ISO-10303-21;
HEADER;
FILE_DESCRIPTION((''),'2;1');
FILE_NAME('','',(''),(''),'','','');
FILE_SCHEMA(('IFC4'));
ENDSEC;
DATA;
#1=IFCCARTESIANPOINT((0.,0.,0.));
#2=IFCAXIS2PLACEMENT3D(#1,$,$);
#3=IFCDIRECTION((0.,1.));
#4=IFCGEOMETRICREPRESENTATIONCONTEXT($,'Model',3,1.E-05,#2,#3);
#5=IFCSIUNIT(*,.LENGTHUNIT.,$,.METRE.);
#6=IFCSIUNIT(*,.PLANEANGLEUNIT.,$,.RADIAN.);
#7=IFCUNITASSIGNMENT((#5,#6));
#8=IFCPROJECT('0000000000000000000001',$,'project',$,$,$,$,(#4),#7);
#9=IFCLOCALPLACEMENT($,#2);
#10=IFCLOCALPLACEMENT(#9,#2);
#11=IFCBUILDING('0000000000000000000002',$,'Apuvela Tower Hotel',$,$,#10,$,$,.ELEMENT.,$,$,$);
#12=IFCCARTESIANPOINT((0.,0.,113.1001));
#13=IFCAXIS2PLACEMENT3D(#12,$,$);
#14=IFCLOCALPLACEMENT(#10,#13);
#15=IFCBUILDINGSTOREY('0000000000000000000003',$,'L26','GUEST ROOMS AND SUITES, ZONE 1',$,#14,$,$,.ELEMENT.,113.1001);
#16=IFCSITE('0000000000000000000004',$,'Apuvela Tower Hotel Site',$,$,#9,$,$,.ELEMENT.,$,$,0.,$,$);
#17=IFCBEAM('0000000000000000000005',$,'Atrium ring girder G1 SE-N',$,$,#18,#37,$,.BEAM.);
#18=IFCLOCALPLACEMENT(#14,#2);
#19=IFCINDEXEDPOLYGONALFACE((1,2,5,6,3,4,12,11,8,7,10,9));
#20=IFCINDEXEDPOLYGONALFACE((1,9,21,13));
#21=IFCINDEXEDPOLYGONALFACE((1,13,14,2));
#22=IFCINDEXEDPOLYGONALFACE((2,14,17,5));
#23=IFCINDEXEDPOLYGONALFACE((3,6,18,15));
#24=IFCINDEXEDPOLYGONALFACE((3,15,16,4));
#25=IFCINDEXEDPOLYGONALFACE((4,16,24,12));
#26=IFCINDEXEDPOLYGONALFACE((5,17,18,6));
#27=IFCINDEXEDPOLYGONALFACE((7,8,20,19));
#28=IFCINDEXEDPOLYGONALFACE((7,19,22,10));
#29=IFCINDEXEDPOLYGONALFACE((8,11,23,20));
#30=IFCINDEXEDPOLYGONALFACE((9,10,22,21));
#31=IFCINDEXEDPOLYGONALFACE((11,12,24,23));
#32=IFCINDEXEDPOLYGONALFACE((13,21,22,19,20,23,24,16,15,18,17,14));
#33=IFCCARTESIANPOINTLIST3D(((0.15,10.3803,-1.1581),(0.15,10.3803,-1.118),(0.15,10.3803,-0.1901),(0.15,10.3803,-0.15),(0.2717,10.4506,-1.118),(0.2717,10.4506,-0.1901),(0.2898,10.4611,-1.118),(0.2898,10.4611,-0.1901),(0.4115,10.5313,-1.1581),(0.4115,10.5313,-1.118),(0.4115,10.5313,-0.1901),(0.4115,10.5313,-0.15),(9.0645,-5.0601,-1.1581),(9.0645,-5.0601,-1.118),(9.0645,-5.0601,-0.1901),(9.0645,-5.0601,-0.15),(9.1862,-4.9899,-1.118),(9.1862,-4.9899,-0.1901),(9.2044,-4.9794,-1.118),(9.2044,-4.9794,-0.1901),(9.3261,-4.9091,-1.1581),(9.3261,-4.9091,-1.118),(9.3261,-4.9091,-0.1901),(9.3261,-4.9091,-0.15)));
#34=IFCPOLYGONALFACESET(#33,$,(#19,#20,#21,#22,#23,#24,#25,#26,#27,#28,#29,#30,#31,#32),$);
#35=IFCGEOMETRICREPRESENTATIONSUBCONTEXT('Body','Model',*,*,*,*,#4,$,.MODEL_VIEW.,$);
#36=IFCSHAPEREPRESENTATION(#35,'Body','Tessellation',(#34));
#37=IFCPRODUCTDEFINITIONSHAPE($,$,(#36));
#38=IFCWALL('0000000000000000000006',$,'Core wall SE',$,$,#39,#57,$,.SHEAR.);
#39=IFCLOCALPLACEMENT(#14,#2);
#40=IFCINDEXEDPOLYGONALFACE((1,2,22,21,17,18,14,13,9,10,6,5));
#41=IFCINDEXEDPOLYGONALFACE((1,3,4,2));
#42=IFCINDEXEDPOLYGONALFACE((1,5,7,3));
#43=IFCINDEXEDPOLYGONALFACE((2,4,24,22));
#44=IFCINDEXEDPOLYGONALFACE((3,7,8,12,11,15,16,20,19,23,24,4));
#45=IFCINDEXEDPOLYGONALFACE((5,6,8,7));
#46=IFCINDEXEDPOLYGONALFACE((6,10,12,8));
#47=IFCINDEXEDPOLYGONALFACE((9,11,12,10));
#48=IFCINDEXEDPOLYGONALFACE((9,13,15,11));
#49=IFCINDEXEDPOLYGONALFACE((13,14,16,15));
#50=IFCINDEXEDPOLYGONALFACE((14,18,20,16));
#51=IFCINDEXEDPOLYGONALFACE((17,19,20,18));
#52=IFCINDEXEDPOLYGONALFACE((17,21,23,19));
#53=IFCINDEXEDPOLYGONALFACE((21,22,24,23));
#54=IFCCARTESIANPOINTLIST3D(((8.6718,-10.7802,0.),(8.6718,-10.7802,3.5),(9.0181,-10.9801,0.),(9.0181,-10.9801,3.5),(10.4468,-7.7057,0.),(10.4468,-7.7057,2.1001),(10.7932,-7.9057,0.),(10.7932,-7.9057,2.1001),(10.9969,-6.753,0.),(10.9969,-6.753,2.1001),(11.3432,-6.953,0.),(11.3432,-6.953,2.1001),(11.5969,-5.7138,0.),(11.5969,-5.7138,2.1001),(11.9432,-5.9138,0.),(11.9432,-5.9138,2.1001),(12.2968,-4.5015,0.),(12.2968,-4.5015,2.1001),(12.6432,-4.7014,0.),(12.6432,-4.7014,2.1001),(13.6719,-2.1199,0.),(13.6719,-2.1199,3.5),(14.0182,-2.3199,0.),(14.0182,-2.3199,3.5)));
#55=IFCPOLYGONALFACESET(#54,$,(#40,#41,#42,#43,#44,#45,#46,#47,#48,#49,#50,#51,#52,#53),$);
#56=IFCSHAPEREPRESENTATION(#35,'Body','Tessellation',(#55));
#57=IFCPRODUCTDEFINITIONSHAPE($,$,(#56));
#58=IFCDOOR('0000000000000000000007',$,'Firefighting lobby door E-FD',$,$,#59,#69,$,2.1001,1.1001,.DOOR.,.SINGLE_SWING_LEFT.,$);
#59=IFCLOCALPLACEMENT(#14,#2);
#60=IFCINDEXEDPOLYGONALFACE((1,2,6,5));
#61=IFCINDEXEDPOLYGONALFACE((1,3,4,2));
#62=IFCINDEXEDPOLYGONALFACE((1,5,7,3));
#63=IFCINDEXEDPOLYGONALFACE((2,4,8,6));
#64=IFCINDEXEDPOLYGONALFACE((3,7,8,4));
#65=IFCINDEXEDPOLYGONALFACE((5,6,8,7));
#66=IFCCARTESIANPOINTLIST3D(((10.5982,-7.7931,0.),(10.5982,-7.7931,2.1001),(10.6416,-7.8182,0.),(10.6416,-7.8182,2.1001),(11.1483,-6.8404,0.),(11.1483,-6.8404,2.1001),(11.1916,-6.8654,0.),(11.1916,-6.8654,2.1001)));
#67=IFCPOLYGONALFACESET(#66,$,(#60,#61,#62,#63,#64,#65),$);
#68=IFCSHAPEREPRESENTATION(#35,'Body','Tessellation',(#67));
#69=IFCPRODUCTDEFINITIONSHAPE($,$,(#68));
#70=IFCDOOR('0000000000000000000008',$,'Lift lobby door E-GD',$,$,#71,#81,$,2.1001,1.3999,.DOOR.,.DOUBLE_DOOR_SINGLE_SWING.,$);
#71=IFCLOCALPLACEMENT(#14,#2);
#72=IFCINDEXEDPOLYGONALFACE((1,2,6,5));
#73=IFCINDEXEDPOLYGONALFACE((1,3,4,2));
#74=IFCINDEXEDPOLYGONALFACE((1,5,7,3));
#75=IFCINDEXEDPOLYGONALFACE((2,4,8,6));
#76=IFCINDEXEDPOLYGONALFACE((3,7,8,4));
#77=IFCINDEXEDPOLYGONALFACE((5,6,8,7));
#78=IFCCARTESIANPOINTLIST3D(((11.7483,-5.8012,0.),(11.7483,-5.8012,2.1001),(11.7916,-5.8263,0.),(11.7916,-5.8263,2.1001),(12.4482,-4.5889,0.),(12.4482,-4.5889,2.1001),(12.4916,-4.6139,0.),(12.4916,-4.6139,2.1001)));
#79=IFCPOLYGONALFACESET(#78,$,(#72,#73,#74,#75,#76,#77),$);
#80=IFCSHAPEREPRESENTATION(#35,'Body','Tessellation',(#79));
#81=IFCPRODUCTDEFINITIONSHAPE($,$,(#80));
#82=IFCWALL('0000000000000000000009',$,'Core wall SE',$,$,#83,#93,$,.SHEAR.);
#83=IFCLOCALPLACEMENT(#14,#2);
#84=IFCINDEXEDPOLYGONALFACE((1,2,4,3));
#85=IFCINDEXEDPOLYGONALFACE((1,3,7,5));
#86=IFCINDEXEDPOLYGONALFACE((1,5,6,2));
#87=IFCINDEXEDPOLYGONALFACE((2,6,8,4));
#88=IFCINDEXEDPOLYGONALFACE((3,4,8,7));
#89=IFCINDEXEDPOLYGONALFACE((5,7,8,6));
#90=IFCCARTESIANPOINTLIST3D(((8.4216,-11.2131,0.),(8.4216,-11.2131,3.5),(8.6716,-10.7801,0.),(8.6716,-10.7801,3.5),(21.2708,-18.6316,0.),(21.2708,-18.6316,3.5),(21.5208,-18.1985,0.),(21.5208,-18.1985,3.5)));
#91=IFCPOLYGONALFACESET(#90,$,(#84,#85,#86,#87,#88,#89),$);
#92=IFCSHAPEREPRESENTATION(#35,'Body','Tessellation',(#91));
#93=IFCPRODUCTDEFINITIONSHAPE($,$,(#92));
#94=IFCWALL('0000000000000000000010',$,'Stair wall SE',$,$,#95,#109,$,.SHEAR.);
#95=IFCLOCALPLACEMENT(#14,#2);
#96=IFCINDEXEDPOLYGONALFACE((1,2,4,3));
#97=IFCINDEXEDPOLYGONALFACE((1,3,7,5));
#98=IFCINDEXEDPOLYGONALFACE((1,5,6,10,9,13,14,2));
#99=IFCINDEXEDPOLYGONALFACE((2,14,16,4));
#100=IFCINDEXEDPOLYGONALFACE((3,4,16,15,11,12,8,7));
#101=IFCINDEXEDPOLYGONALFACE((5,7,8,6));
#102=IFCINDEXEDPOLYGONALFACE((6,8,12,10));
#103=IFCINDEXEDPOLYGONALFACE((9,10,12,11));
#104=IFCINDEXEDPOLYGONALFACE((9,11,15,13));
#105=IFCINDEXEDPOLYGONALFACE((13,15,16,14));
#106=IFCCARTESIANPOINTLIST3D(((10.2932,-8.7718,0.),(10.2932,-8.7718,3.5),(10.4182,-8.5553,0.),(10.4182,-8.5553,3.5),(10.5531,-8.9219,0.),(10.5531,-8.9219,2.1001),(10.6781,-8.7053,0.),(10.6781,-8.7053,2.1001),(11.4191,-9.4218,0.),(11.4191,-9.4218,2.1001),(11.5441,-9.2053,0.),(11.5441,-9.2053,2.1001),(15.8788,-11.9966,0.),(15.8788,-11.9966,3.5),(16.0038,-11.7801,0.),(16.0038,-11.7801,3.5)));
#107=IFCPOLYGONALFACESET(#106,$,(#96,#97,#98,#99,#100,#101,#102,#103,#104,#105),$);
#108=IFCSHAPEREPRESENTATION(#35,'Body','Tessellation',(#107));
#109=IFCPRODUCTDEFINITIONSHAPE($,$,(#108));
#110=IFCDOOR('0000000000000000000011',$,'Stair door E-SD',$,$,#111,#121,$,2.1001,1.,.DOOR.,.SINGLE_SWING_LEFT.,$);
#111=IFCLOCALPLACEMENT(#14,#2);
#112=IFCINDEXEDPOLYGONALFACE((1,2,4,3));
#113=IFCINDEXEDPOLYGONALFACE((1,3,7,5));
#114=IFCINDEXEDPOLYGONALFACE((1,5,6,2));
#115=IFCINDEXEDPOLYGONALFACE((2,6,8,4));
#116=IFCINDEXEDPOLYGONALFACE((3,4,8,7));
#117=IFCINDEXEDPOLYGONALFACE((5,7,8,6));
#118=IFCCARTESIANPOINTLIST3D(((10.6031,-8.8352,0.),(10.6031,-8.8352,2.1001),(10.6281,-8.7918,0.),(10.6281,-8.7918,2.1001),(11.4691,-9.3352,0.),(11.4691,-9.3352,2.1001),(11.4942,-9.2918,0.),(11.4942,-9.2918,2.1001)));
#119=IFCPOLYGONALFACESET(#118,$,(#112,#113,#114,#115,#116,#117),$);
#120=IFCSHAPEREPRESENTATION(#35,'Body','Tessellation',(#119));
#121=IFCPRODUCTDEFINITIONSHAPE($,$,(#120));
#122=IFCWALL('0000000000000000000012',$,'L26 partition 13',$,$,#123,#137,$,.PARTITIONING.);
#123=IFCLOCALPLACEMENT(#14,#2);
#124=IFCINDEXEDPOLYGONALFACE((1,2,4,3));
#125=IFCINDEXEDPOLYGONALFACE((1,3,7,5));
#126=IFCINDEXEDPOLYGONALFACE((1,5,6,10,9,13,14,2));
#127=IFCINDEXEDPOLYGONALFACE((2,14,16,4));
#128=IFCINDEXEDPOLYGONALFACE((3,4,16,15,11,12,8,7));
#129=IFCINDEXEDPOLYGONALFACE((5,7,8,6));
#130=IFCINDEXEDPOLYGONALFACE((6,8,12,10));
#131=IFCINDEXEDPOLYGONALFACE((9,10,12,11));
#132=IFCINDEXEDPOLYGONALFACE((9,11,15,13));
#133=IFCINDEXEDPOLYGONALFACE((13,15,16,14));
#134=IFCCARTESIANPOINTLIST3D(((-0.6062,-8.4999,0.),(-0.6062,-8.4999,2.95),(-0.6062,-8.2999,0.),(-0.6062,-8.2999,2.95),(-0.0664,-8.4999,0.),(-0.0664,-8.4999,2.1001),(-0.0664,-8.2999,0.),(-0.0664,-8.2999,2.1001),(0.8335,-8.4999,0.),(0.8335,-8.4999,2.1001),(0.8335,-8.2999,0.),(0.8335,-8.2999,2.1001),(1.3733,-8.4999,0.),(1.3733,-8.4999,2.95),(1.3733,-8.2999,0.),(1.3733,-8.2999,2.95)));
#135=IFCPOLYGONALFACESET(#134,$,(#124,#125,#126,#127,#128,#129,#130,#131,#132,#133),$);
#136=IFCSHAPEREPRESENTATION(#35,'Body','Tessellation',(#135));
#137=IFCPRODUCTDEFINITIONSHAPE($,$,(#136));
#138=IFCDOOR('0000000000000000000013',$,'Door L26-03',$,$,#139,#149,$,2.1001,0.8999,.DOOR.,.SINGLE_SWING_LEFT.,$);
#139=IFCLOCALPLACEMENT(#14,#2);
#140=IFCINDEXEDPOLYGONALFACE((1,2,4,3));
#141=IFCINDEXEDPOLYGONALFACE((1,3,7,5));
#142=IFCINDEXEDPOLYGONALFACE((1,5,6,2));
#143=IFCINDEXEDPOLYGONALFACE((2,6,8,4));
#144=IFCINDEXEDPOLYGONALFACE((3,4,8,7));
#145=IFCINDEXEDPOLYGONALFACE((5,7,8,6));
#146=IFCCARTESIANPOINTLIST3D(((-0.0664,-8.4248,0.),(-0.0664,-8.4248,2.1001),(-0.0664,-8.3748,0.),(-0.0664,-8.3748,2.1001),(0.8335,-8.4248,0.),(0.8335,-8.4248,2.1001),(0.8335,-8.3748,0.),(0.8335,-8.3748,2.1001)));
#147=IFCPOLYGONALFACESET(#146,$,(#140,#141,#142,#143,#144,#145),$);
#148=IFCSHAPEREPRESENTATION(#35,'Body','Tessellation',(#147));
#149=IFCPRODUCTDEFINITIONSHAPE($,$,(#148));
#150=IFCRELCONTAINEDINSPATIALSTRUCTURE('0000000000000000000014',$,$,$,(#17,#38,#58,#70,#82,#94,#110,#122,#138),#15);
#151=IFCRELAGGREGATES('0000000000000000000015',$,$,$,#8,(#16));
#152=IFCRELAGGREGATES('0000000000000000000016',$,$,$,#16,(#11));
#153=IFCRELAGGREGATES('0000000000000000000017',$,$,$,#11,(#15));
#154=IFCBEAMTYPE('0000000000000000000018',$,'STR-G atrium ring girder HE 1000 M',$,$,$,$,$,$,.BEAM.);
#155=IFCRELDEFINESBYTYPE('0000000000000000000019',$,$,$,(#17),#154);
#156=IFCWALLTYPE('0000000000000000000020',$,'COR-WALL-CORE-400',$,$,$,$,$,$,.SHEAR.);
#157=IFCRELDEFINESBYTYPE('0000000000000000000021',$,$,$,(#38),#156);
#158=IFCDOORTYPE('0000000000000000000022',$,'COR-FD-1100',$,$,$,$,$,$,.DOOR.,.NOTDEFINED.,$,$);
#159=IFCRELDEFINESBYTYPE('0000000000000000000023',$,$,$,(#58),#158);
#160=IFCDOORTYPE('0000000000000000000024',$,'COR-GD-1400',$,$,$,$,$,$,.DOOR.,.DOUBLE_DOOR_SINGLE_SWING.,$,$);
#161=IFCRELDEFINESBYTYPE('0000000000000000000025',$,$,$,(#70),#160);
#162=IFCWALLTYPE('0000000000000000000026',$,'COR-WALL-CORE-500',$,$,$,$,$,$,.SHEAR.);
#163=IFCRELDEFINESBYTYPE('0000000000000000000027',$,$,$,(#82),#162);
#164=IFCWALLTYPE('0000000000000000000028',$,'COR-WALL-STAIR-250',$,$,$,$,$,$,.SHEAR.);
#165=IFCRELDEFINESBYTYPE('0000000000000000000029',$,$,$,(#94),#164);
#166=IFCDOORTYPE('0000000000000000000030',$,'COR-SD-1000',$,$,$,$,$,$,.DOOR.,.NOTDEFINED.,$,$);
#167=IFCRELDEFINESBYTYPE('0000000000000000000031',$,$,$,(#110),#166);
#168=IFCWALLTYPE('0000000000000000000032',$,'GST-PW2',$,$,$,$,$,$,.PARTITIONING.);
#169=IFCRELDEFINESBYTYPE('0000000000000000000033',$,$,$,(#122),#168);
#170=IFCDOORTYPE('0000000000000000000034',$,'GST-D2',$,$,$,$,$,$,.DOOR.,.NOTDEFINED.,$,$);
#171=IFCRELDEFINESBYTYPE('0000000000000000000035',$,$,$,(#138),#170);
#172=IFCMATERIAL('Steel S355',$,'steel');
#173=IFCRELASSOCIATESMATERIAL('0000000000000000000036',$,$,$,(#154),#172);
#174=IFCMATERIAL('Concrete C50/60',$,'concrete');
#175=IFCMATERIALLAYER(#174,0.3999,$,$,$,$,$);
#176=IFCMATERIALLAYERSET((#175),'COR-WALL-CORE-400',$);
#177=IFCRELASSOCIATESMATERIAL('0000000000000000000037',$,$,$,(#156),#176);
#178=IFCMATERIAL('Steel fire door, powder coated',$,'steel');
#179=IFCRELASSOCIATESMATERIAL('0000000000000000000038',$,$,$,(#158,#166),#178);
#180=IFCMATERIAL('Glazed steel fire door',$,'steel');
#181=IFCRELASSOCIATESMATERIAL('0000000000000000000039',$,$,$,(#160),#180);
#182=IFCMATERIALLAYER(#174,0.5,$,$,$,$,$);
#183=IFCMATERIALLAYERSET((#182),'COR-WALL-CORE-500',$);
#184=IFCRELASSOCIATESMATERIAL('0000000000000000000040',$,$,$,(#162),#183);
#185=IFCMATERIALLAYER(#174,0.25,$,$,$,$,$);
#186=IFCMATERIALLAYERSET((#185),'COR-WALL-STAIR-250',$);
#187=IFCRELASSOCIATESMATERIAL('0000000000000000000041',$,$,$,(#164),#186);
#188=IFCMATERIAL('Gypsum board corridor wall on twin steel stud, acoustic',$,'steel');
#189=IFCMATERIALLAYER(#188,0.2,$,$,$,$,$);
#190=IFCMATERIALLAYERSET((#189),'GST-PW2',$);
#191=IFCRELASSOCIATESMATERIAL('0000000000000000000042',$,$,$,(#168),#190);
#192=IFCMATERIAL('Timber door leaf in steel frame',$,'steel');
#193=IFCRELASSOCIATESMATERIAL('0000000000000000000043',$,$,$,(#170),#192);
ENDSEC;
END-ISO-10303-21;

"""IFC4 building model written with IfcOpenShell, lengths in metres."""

from ifc_helpers import new_model, si_unit, direction, frame, frame_2d, origin, origin_2d, place, context, subcontext, project, spatial, rectangle, i_section, extrude, material, layer, layer_set, material_profile, profile_set, type_object, element, fill, save


model = new_model("IFC4")

# Units and contexts
model_context = context("Model", 3, precision=1e-05, world=origin(), true_north=direction((0.0, 1.0)))
body_context = subcontext(model_context, "Body", "Model", "MODEL_VIEW")
ifc_project = project(units=[si_unit("LENGTHUNIT", "METRE"), si_unit("PLANEANGLEUNIT", "RADIAN")], contexts=[model_context])

# Site, building, storey
site_placement = place(None, origin())
site = spatial("IfcSite", under=ifc_project, at=site_placement, Name="Apuvela Tower Hotel Site", CompositionType="ELEMENT", RefElevation=0.0)
building_placement = place(site_placement, origin())
building = spatial("IfcBuilding", under=site, at=building_placement, Name="Apuvela Tower Hotel", CompositionType="ELEMENT")
storey_placement = place(building_placement, frame((0.0, 0.0, 113.1001)))
storey = spatial("IfcBuildingStorey", under=building, at=storey_placement, Name="L26", Description="GUEST ROOMS AND SUITES, ZONE 1", CompositionType="ELEMENT", Elevation=113.1001)

# Beam
ifc_material_1 = material(Name="Steel S355", Category="steel")
ifc_material_profile = material_profile(ifc_material_1, i_section(OverallWidth=0.302, OverallDepth=1.0081, WebThickness=0.021, FlangeThickness=0.04, at=origin_2d()), Name="HE 1000 M")
ifc_profile_set = profile_set([ifc_material_profile], Name="Steel S355")
beam_type = type_object("IfcBeamType", Name="STR-G atrium ring girder HE 1000 M", PredefinedType="BEAM", material=ifc_profile_set)
beam_placement = place(storey_placement, frame((9.1953, -4.9846, -0.6541), z_axis=(-0.500001, 0.866025, 0.0), x_axis=(-0.866025, -0.500001, 0.0)))
element("IfcBeam", 1, at=beam_placement, inside=storey, type_object=beam_type, Name="Atrium ring girder G1 SE-N", PredefinedType="BEAM", context=body_context, shape_type="SweptSolid", body=[
    extrude(i_section(OverallWidth=0.302, OverallDepth=1.0081, WebThickness=0.021, FlangeThickness=0.04, at=origin_2d()), origin(), (0.0, 0.0, 1.0), 17.8291),
])

# Wall, openings, doors
ifc_material_2 = material(Name="Concrete C50/60", Category="concrete")
ifc_layer_1 = layer(ifc_material_2, 0.3999)
ifc_layer_set_1 = layer_set([ifc_layer_1], Name="COR-WALL-CORE-400")
wall_type_1 = type_object("IfcWallType", Name="COR-WALL-CORE-400", PredefinedType="SHEAR", material=ifc_layer_set_1)
wall_1_placement = place(storey_placement, frame((8.845, -10.8801, 0.0), z_axis=(0.0, 0.0, 1.0), x_axis=(0.500004, 0.866023, 0.0)))
wall_1 = element("IfcWall", 2, at=wall_1_placement, inside=storey, type_object=wall_type_1, Name="Core wall SE", PredefinedType="SHEAR", context=body_context, shape_type="SweptSolid", body=[
    extrude(rectangle(XDim=10.0, YDim=0.3999, at=frame_2d((5.0, 0.0))), origin(), (0.0, 0.0, 1.0), 3.5),
])
opening_1_placement = place(wall_1_placement, frame((3.55, 0.0, 0.0)))
opening_1 = element("IfcOpeningElement", 3, at=opening_1_placement, cuts=wall_1, PredefinedType="OPENING", context=body_context, shape_type="SweptSolid", body=[
    extrude(rectangle(XDim=1.1001, YDim=2.1001, at=frame_2d((0.55, 1.05))), frame((0.0, 0.21, 0.0), z_axis=(0.0, -1.0, 0.0), x_axis=(1.0, 0.0, 0.0)), (0.0, 0.0, 1.0), 0.4199),
])
opening_2_placement = place(wall_1_placement, frame((5.8501, 0.0, 0.0)))
opening_2 = element("IfcOpeningElement", 4, at=opening_2_placement, cuts=wall_1, PredefinedType="OPENING", context=body_context, shape_type="SweptSolid", body=[
    extrude(rectangle(XDim=1.3999, YDim=2.1001, at=frame_2d((0.7, 1.05))), frame((0.0, 0.21, 0.0), z_axis=(0.0, -1.0, 0.0), x_axis=(1.0, 0.0, 0.0)), (0.0, 0.0, 1.0), 0.4199),
])
ifc_material_3 = material(Name="Steel fire door, powder coated", Category="steel")
door_type_1 = type_object("IfcDoorType", Name="COR-FD-1100", OperationType="NOTDEFINED", PredefinedType="DOOR", material=ifc_material_3)
door_1_placement = place(opening_1_placement, frame((1.1001, 0.0, 0.0), z_axis=(0.0, 0.0, 1.0), x_axis=(-1.0, 0.0, 0.0)))
door_1 = element("IfcDoor", 5, at=door_1_placement, inside=storey, type_object=door_type_1, Name="Firefighting lobby door E-FD", OperationType="SINGLE_SWING_LEFT", OverallHeight=2.1001, OverallWidth=1.1001, PredefinedType="DOOR", context=body_context, shape_type="SweptSolid", body=[
    extrude(rectangle(XDim=1.1001, YDim=2.1001, at=frame_2d((0.55, 1.05))), frame((0.0, 0.0249, 0.0), z_axis=(0.0, -1.0, 0.0), x_axis=(1.0, 0.0, 0.0)), (0.0, 0.0, 1.0), 0.05),
])
fill(opening_1, door_1)
ifc_material_4 = material(Name="Glazed steel fire door", Category="steel")
door_type_2 = type_object("IfcDoorType", Name="COR-GD-1400", OperationType="DOUBLE_DOOR_SINGLE_SWING", PredefinedType="DOOR", material=ifc_material_4)
door_2_placement = place(opening_2_placement, frame((1.3999, 0.0, 0.0), z_axis=(0.0, 0.0, 1.0), x_axis=(-1.0, 0.0, 0.0)))
door_2 = element("IfcDoor", 6, at=door_2_placement, inside=storey, type_object=door_type_2, Name="Lift lobby door E-GD", OperationType="DOUBLE_DOOR_SINGLE_SWING", OverallHeight=2.1001, OverallWidth=1.3999, PredefinedType="DOOR", context=body_context, shape_type="SweptSolid", body=[
    extrude(rectangle(XDim=1.3999, YDim=2.1001, at=frame_2d((0.7, 1.05))), frame((0.0, 0.0249, 0.0), z_axis=(0.0, -1.0, 0.0), x_axis=(1.0, 0.0, 0.0)), (0.0, 0.0, 1.0), 0.05),
])
fill(opening_2, door_2)

# Wall
ifc_layer_2 = layer(ifc_material_2, 0.5)
ifc_layer_set_2 = layer_set([ifc_layer_2], Name="COR-WALL-CORE-500")
wall_type_2 = type_object("IfcWallType", Name="COR-WALL-CORE-500", PredefinedType="SHEAR", material=ifc_layer_set_2)
wall_2_placement = place(storey_placement, frame((8.5466, -10.9966, 0.0), z_axis=(0.0, 0.0, 1.0), x_axis=(0.866025, -0.500001, 0.0)))
element("IfcWall", 7, at=wall_2_placement, inside=storey, type_object=wall_type_2, Name="Core wall SE", PredefinedType="SHEAR", context=body_context, shape_type="SweptSolid", body=[
    extrude(rectangle(XDim=14.8369, YDim=0.5, at=frame_2d((7.4185, 0.0))), origin(), (0.0, 0.0, 1.0), 3.5),
])

# Walls, openings, doors
ifc_layer_3 = layer(ifc_material_2, 0.25)
ifc_layer_set_3 = layer_set([ifc_layer_3], Name="COR-WALL-STAIR-250")
wall_type_3 = type_object("IfcWallType", Name="COR-WALL-STAIR-250", PredefinedType="SHEAR", material=ifc_layer_set_3)
wall_3_placement = place(storey_placement, frame((10.3557, -8.6636, 0.0), z_axis=(0.0, 0.0, 1.0), x_axis=(0.866029, -0.499994, 0.0)))
wall_3 = element("IfcWall", 8, at=wall_3_placement, inside=storey, type_object=wall_type_3, Name="Stair wall SE", PredefinedType="SHEAR", context=body_context, shape_type="SweptSolid", body=[
    extrude(rectangle(XDim=6.4497, YDim=0.25, at=frame_2d((3.2249, 0.0))), origin(), (0.0, 0.0, 1.0), 3.5),
])
opening_3_placement = place(wall_3_placement, frame((0.3, 0.0, 0.0)))
opening_3 = element("IfcOpeningElement", 9, at=opening_3_placement, cuts=wall_3, PredefinedType="OPENING", context=body_context, shape_type="SweptSolid", body=[
    extrude(rectangle(XDim=1.0, YDim=2.1001, at=frame_2d((0.5, 1.05))), frame((0.0, 0.135, 0.0), z_axis=(0.0, -1.0, 0.0), x_axis=(1.0, 0.0, 0.0)), (0.0, 0.0, 1.0), 0.27),
])
door_type_3 = type_object("IfcDoorType", Name="COR-SD-1000", OperationType="NOTDEFINED", PredefinedType="DOOR", material=ifc_material_3)
door_3_placement = place(opening_3_placement, frame((1.0, 0.0, 0.0), z_axis=(0.0, 0.0, 1.0), x_axis=(-1.0, 0.0, 0.0)))
door_3 = element("IfcDoor", 10, at=door_3_placement, inside=storey, type_object=door_type_3, Name="Stair door E-SD", OperationType="SINGLE_SWING_LEFT", OverallHeight=2.1001, OverallWidth=1.0, PredefinedType="DOOR", context=body_context, shape_type="SweptSolid", body=[
    extrude(rectangle(XDim=1.0, YDim=2.1001, at=frame_2d((0.5, 1.05))), frame((0.0, 0.0249, 0.0), z_axis=(0.0, -1.0, 0.0), x_axis=(1.0, 0.0, 0.0)), (0.0, 0.0, 1.0), 0.05),
])
fill(opening_3, door_3)
ifc_material_5 = material(Name="Gypsum board corridor wall on twin steel stud, acoustic", Category="steel")
ifc_layer_4 = layer(ifc_material_5, 0.2)
ifc_layer_set_4 = layer_set([ifc_layer_4], Name="GST-PW2")
wall_type_4 = type_object("IfcWallType", Name="GST-PW2", PredefinedType="PARTITIONING", material=ifc_layer_set_4)
wall_4_placement = place(storey_placement, frame((1.3733, -8.3999, 0.0), z_axis=(0.0, 0.0, 1.0), x_axis=(-1.0, 0.0, 0.0)))
wall_4 = element("IfcWall", 11, at=wall_4_placement, inside=storey, type_object=wall_type_4, Name="L26 partition 13", PredefinedType="PARTITIONING", context=body_context, shape_type="SweptSolid", body=[
    extrude(rectangle(XDim=1.9795, YDim=0.2, at=frame_2d((0.9897, 0.0))), origin(), (0.0, 0.0, 1.0), 2.95),
])
opening_4_placement = place(wall_4_placement, frame((0.5398, 0.0, 0.0)))
opening_4 = element("IfcOpeningElement", 12, at=opening_4_placement, cuts=wall_4, PredefinedType="OPENING", context=body_context, shape_type="SweptSolid", body=[
    extrude(rectangle(XDim=0.8999, YDim=2.1001, at=frame_2d((0.45, 1.05))), frame((0.0, 0.1099, 0.0), z_axis=(0.0, -1.0, 0.0), x_axis=(1.0, 0.0, 0.0)), (0.0, 0.0, 1.0), 0.22),
])
ifc_material_6 = material(Name="Timber door leaf in steel frame", Category="steel")
door_type_4 = type_object("IfcDoorType", Name="GST-D2", OperationType="NOTDEFINED", PredefinedType="DOOR", material=ifc_material_6)
door_4_placement = place(opening_4_placement, origin())
door_4 = element("IfcDoor", 13, at=door_4_placement, inside=storey, type_object=door_type_4, Name="Door L26-03", OperationType="SINGLE_SWING_LEFT", OverallHeight=2.1001, OverallWidth=0.8999, PredefinedType="DOOR", context=body_context, shape_type="SweptSolid", body=[
    extrude(rectangle(XDim=0.8999, YDim=2.1001, at=frame_2d((0.45, 1.05))), frame((0.0, 0.0249, 0.0), z_axis=(0.0, -1.0, 0.0), x_axis=(1.0, 0.0, 0.0)), (0.0, 0.0, 1.0), 0.05),
])
fill(opening_4, door_4)

save(model, "model.ifc")
